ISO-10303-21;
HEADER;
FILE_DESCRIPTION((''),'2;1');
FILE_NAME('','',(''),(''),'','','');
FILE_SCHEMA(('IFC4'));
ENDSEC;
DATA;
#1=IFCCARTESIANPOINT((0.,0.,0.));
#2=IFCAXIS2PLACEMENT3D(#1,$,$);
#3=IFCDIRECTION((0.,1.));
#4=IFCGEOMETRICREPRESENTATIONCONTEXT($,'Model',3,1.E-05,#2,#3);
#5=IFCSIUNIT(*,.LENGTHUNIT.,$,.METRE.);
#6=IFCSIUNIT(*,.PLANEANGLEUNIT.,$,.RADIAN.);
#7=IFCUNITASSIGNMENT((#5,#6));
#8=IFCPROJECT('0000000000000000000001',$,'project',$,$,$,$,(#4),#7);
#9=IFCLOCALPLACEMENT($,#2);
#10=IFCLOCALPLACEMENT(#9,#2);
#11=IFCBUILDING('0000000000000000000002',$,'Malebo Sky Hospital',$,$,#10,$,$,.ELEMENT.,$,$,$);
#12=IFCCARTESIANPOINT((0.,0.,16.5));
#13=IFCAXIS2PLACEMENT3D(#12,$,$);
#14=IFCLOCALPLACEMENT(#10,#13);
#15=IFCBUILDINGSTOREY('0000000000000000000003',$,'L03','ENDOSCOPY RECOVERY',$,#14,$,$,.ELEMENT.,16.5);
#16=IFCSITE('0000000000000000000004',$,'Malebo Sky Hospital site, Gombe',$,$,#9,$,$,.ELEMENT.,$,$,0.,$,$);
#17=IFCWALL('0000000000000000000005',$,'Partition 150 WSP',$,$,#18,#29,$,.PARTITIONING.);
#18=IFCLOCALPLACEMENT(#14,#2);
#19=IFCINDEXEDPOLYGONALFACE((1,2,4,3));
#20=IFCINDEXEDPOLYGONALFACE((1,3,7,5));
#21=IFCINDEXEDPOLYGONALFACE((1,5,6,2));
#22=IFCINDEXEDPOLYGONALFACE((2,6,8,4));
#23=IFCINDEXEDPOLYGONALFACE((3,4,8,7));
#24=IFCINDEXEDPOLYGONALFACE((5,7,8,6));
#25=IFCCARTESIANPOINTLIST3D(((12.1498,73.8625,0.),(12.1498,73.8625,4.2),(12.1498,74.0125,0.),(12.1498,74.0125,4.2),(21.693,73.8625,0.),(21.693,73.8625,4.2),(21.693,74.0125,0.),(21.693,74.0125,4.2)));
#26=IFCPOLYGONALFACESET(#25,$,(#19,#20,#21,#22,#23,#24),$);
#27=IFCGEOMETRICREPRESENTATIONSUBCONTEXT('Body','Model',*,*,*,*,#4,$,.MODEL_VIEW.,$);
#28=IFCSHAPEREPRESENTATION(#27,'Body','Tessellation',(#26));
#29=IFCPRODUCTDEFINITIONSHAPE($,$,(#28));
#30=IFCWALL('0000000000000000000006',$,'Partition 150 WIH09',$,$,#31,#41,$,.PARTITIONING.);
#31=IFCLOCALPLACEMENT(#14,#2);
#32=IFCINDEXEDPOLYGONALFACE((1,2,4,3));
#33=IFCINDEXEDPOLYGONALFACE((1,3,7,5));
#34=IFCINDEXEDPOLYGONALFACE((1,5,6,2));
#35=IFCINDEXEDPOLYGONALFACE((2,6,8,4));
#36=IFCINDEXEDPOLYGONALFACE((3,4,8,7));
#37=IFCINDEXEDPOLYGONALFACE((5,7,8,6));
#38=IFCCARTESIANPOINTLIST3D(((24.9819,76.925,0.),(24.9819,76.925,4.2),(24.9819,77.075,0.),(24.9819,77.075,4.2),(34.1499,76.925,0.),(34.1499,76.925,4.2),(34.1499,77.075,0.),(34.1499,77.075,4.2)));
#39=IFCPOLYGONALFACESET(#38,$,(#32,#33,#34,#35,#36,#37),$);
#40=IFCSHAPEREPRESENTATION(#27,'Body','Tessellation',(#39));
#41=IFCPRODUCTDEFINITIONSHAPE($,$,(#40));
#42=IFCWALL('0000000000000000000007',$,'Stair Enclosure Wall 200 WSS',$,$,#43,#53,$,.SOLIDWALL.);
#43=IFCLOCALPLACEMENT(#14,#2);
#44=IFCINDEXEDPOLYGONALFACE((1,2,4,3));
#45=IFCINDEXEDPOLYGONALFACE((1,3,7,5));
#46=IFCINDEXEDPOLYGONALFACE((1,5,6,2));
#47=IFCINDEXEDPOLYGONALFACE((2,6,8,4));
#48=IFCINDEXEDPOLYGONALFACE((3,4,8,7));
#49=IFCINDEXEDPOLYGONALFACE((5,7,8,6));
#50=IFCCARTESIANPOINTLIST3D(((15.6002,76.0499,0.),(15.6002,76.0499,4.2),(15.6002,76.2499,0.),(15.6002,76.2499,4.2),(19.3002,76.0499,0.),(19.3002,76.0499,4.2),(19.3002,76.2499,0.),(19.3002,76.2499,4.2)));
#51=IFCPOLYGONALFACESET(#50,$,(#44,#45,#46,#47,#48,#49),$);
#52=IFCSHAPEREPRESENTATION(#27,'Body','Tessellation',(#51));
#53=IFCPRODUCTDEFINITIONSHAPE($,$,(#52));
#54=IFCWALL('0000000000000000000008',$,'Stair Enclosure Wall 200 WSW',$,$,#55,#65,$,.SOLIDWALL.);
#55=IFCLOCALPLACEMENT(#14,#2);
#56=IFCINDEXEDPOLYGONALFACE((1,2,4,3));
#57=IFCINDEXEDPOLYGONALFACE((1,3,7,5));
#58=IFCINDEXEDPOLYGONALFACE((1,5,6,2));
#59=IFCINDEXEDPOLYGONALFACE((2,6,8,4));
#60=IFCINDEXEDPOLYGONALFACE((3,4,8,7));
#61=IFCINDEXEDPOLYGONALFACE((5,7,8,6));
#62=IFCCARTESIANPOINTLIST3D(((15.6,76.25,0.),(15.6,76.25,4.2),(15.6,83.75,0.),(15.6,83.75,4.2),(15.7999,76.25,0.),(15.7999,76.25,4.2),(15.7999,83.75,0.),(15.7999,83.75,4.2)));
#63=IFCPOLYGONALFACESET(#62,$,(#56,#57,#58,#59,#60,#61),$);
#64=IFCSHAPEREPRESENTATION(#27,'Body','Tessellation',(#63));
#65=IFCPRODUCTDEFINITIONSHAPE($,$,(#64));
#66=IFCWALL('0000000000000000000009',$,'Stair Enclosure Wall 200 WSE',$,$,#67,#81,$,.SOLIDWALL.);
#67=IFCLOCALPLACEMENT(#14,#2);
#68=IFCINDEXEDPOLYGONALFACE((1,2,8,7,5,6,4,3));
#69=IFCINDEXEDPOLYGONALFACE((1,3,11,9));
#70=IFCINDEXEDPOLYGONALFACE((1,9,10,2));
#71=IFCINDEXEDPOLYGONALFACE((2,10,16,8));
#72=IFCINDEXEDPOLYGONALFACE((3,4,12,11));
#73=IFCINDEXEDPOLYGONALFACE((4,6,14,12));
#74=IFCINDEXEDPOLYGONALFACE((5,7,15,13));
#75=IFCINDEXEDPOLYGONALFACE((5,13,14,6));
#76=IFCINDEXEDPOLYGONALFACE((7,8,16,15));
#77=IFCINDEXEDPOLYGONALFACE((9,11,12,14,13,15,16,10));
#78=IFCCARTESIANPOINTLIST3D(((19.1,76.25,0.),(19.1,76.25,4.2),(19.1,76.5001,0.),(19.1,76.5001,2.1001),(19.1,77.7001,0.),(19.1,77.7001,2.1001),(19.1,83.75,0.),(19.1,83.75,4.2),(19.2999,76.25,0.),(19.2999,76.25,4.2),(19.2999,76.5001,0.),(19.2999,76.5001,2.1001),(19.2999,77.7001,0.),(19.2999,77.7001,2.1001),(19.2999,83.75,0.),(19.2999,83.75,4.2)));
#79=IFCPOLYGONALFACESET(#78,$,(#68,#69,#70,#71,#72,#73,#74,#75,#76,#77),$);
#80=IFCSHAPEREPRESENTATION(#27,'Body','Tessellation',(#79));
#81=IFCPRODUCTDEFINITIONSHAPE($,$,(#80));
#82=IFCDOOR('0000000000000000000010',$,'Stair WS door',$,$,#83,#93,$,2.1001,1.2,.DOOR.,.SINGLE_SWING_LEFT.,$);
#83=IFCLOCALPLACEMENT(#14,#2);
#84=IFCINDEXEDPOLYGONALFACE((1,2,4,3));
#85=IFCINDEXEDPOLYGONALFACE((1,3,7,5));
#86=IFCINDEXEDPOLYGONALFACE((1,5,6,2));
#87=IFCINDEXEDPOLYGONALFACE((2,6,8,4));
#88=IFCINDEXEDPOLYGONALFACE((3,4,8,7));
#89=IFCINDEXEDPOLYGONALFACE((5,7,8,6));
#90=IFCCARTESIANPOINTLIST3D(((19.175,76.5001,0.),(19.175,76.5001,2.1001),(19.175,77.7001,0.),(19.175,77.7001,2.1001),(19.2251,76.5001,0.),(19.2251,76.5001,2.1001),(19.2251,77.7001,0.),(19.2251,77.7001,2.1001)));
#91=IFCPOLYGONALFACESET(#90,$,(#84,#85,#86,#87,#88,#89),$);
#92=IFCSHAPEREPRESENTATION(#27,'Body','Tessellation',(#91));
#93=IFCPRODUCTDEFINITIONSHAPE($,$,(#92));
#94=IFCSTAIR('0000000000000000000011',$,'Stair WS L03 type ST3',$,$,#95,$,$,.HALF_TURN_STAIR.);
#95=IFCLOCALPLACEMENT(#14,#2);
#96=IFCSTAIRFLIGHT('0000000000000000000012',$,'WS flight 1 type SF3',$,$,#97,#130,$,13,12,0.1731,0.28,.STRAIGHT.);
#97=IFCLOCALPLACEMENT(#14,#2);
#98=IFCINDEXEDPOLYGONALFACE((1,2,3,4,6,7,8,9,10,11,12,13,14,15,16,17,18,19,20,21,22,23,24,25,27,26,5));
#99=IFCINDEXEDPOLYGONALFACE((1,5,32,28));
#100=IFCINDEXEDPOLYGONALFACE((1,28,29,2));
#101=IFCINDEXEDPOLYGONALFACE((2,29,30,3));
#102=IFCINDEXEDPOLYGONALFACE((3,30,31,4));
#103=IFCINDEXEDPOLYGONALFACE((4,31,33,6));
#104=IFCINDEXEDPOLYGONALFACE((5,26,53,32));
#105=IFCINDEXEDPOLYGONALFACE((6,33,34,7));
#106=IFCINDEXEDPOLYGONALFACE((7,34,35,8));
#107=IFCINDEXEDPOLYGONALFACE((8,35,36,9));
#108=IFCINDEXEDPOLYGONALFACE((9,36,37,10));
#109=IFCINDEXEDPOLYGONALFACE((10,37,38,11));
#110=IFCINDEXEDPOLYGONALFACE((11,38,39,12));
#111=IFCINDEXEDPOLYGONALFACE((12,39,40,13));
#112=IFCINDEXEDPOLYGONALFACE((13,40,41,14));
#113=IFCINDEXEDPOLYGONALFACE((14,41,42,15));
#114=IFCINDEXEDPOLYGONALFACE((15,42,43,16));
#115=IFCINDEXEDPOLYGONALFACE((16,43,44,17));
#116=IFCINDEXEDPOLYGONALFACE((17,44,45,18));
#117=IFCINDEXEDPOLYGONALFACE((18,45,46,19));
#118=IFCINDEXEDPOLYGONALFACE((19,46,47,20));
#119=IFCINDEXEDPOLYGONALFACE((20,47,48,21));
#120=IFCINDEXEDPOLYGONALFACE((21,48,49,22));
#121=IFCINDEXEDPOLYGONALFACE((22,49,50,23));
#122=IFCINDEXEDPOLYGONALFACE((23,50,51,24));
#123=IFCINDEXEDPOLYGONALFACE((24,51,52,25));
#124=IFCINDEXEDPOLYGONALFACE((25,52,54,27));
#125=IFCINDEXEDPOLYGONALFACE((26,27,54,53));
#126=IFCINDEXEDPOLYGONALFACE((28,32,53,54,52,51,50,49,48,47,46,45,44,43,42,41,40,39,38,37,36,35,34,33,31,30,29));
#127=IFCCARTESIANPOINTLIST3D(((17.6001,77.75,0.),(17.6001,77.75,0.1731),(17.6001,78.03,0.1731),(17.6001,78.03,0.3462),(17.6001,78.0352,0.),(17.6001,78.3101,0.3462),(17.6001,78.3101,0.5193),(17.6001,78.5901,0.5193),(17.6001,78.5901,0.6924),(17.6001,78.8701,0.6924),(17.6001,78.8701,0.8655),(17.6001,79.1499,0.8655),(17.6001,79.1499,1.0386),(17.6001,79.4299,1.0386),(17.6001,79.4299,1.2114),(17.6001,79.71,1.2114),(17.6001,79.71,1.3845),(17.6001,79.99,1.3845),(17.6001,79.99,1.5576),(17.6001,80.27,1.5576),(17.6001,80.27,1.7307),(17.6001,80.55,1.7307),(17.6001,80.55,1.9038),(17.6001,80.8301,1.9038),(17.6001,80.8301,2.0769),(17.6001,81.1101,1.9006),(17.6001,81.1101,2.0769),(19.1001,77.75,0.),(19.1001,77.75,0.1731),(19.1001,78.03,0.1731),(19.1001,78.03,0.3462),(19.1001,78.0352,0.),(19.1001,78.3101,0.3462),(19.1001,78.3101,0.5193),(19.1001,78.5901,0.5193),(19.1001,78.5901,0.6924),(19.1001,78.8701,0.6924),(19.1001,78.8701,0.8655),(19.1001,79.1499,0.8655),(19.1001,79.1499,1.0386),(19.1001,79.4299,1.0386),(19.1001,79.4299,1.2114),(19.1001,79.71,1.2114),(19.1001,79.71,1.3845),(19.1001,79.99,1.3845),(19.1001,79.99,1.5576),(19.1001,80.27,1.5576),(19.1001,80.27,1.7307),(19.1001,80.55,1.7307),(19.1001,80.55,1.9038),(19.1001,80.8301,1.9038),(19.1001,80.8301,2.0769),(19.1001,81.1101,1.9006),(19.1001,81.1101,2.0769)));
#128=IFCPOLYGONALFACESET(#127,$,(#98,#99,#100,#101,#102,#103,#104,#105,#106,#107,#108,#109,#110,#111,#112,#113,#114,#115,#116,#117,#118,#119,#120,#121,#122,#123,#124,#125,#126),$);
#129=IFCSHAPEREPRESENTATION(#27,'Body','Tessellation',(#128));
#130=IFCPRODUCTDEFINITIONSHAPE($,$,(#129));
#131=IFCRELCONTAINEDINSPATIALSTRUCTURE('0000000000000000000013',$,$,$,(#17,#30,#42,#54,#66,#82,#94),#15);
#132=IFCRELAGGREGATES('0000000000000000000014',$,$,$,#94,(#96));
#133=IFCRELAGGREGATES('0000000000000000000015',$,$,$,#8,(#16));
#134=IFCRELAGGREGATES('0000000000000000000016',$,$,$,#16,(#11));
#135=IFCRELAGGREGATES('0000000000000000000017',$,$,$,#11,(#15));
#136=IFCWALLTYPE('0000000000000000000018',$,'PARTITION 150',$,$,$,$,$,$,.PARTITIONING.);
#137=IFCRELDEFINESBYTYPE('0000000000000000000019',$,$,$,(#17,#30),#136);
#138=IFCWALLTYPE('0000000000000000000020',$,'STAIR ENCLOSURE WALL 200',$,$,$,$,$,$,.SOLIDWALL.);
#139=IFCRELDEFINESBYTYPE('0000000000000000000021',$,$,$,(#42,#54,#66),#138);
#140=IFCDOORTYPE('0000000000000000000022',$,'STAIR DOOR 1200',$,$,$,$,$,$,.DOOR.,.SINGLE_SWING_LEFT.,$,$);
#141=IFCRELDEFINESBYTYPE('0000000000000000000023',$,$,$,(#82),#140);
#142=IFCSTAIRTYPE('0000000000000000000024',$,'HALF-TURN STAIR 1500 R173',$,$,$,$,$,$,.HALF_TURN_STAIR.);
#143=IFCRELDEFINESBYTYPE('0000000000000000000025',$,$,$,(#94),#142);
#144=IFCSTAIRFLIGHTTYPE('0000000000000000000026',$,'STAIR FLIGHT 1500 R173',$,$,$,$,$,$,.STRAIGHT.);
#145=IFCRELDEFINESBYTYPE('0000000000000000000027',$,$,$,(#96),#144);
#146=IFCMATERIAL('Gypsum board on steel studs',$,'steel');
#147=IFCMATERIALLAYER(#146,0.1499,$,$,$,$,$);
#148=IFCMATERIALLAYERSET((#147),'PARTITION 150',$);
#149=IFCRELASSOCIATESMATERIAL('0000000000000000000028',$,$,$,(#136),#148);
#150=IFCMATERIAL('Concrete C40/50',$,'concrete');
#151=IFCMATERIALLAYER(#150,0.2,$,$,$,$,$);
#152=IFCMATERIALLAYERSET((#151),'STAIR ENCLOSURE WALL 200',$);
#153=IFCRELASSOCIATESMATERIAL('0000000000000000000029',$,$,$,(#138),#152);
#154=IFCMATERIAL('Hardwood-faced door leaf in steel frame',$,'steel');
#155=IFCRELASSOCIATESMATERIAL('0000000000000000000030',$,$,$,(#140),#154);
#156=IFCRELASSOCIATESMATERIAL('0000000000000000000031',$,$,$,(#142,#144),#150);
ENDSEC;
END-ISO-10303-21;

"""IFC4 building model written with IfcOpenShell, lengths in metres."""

from ifc_helpers import new_model, si_unit, direction, frame, frame_2d, origin, place, context, subcontext, project, spatial, polyline, rectangle, outline, extrude, material, layer, layer_set, type_object, element, fill, aggregate, save


model = new_model("IFC4")

# Units and contexts
model_context = context("Model", 3, precision=1e-05, world=origin(), true_north=direction((0.0, 1.0)))
body_context = subcontext(model_context, "Body", "Model", "MODEL_VIEW")
ifc_project = project(units=[si_unit("LENGTHUNIT", "METRE"), si_unit("PLANEANGLEUNIT", "RADIAN")], contexts=[model_context])

# Site, building, storey
site_placement = place(None, origin())
site = spatial("IfcSite", under=ifc_project, at=site_placement, Name="Malebo Sky Hospital site, Gombe", CompositionType="ELEMENT", RefElevation=0.0)
building_placement = place(site_placement, origin())
building = spatial("IfcBuilding", under=site, at=building_placement, Name="Malebo Sky Hospital", CompositionType="ELEMENT")
storey_placement = place(building_placement, frame((0.0, 0.0, 16.5)))
storey = spatial("IfcBuildingStorey", under=building, at=storey_placement, Name="L03", Description="ENDOSCOPY RECOVERY", CompositionType="ELEMENT", Elevation=16.5)

# Walls
ifc_material_1 = material(Name="Gypsum board on steel studs", Category="steel")
ifc_layer_1 = layer(ifc_material_1, 0.1499)
ifc_layer_set_1 = layer_set([ifc_layer_1], Name="PARTITION 150")
wall_type_1 = type_object("IfcWallType", Name="PARTITION 150", PredefinedType="PARTITIONING", material=ifc_layer_set_1)
wall_1_placement = place(storey_placement, frame((12.1499, 73.9375, 0.0), z_axis=(0.0, 0.0, 1.0), x_axis=(1.0, 0.0, 0.0)))
element("IfcWall", 1, at=wall_1_placement, inside=storey, type_object=wall_type_1, Name="Partition 150 WSP", PredefinedType="PARTITIONING", context=body_context, shape_type="SweptSolid", body=[
    extrude(rectangle(XDim=9.5432, YDim=0.1499, at=frame_2d((4.7715, 0.0))), origin(), (0.0, 0.0, 1.0), 4.2),
])
wall_2_placement = place(storey_placement, frame((24.9819, 77.0, 0.0), z_axis=(0.0, 0.0, 1.0), x_axis=(1.0, 0.0, 0.0)))
element("IfcWall", 2, at=wall_2_placement, inside=storey, type_object=wall_type_1, Name="Partition 150 WIH09", PredefinedType="PARTITIONING", context=body_context, shape_type="SweptSolid", body=[
    extrude(rectangle(XDim=9.168, YDim=0.1499, at=frame_2d((4.584, 0.0))), origin(), (0.0, 0.0, 1.0), 4.2),
])
ifc_material_2 = material(Name="Concrete C40/50", Category="concrete")
ifc_layer_2 = layer(ifc_material_2, 0.2)
ifc_layer_set_2 = layer_set([ifc_layer_2], Name="STAIR ENCLOSURE WALL 200")
wall_type_2 = type_object("IfcWallType", Name="STAIR ENCLOSURE WALL 200", PredefinedType="SOLIDWALL", material=ifc_layer_set_2)
wall_3_placement = place(storey_placement, frame((15.6001, 76.1499, 0.0), z_axis=(0.0, 0.0, 1.0), x_axis=(1.0, 0.0, 0.0)))
element("IfcWall", 3, at=wall_3_placement, inside=storey, type_object=wall_type_2, Name="Stair Enclosure Wall 200 WSS", PredefinedType="SOLIDWALL", context=body_context, shape_type="SweptSolid", body=[
    extrude(rectangle(XDim=3.7, YDim=0.2, at=frame_2d((1.8501, 0.0))), origin(), (0.0, 0.0, 1.0), 4.2),
])
wall_4_placement = place(storey_placement, frame((15.7, 76.25, 0.0), z_axis=(0.0, 0.0, 1.0), x_axis=(0.0, 1.0, 0.0)))
element("IfcWall", 4, at=wall_4_placement, inside=storey, type_object=wall_type_2, Name="Stair Enclosure Wall 200 WSW", PredefinedType="SOLIDWALL", context=body_context, shape_type="SweptSolid", body=[
    extrude(rectangle(XDim=7.5, YDim=0.2, at=frame_2d((3.75, 0.0))), origin(), (0.0, 0.0, 1.0), 4.2),
])

# Wall, opening, door
wall_5_placement = place(storey_placement, frame((19.2, 76.25, 0.0), z_axis=(0.0, 0.0, 1.0), x_axis=(0.0, 1.0, 0.0)))
wall_5 = element("IfcWall", 5, at=wall_5_placement, inside=storey, type_object=wall_type_2, Name="Stair Enclosure Wall 200 WSE", PredefinedType="SOLIDWALL", context=body_context, shape_type="SweptSolid", body=[
    extrude(rectangle(XDim=7.5, YDim=0.2, at=frame_2d((3.75, 0.0))), origin(), (0.0, 0.0, 1.0), 4.2),
])
opening_placement = place(wall_5_placement, frame((0.25, 0.0, 0.0)))
opening = element("IfcOpeningElement", 6, at=opening_placement, cuts=wall_5, PredefinedType="OPENING", context=body_context, shape_type="SweptSolid", body=[
    extrude(rectangle(XDim=1.2, YDim=2.1001, at=frame_2d((0.6001, 1.05))), frame((0.0, 0.1099, 0.0), z_axis=(0.0, -1.0, 0.0), x_axis=(1.0, 0.0, 0.0)), (0.0, 0.0, 1.0), 0.22),
])
ifc_material_3 = material(Name="Hardwood-faced door leaf in steel frame", Category="steel")
door_type = type_object("IfcDoorType", Name="STAIR DOOR 1200", OperationType="SINGLE_SWING_LEFT", PredefinedType="DOOR", material=ifc_material_3)
door_placement = place(opening_placement, origin())
door = element("IfcDoor", 7, at=door_placement, inside=storey, type_object=door_type, Name="Stair WS door", OperationType="SINGLE_SWING_LEFT", OverallHeight=2.1001, OverallWidth=1.2, PredefinedType="DOOR", context=body_context, shape_type="SweptSolid", body=[
    extrude(rectangle(XDim=1.2, YDim=2.1001, at=frame_2d((0.6001, 1.05))), frame((0.0, 0.0249, 0.0), z_axis=(0.0, -1.0, 0.0), x_axis=(1.0, 0.0, 0.0)), (0.0, 0.0, 1.0), 0.05),
])
fill(opening, door)

# Stair, stair flight
stair_type = type_object("IfcStairType", Name="HALF-TURN STAIR 1500 R173", PredefinedType="HALF_TURN_STAIR", material=ifc_material_2)
stair_placement = place(storey_placement, origin())
stair = element("IfcStair", 8, at=stair_placement, inside=storey, type_object=stair_type, Name="Stair WS L03 type ST3", PredefinedType="HALF_TURN_STAIR")
stair_flight_type = type_object("IfcStairFlightType", Name="STAIR FLIGHT 1500 R173", PredefinedType="STRAIGHT", material=ifc_material_2)
stair_flight_placement = place(storey_placement, frame((18.3501, 77.75, 0.0), z_axis=(0.0, 0.0, 1.0), x_axis=(0.0, 1.0, 0.0)))
stair_flight = element("IfcStairFlight", 9, at=stair_flight_placement, type_object=stair_flight_type, Name="WS flight 1 type SF3", NumberOfRisers=13, NumberOfTreads=12, PredefinedType="STRAIGHT", RiserHeight=0.1731, TreadLength=0.28, context=body_context, shape_type="SweptSolid", body=[
    extrude(outline(polyline([(0.0, 0.0), (0.0, 0.1731), (0.28, 0.1731), (0.28, 0.3462), (0.5601, 0.3462), (0.5601, 0.5193), (0.8401, 0.5193), (0.8401, 0.6924), (1.1201, 0.6924), (1.1201, 0.8655), (1.3999, 0.8655), (1.3999, 1.0386), (1.6799, 1.0386), (1.6799, 1.2114), (1.96, 1.2114), (1.96, 1.3845), (2.24, 1.3845), (2.24, 1.5576), (2.52, 1.5576), (2.52, 1.7307), (2.8, 1.7307), (2.8, 1.9038), (3.0801, 1.9038), (3.0801, 2.0769), (3.3601, 2.0769), (3.3601, 2.25), (3.3601, 1.9006), (0.2852, 0.0), (0.0, 0.0)])), frame((0.0, 0.75, 0.0), z_axis=(0.0, -1.0, 0.0), x_axis=(1.0, 0.0, 0.0)), (0.0, 0.0, 1.0), 1.5),
])
aggregate(stair, [stair_flight])

save(model, "model.ifc")
